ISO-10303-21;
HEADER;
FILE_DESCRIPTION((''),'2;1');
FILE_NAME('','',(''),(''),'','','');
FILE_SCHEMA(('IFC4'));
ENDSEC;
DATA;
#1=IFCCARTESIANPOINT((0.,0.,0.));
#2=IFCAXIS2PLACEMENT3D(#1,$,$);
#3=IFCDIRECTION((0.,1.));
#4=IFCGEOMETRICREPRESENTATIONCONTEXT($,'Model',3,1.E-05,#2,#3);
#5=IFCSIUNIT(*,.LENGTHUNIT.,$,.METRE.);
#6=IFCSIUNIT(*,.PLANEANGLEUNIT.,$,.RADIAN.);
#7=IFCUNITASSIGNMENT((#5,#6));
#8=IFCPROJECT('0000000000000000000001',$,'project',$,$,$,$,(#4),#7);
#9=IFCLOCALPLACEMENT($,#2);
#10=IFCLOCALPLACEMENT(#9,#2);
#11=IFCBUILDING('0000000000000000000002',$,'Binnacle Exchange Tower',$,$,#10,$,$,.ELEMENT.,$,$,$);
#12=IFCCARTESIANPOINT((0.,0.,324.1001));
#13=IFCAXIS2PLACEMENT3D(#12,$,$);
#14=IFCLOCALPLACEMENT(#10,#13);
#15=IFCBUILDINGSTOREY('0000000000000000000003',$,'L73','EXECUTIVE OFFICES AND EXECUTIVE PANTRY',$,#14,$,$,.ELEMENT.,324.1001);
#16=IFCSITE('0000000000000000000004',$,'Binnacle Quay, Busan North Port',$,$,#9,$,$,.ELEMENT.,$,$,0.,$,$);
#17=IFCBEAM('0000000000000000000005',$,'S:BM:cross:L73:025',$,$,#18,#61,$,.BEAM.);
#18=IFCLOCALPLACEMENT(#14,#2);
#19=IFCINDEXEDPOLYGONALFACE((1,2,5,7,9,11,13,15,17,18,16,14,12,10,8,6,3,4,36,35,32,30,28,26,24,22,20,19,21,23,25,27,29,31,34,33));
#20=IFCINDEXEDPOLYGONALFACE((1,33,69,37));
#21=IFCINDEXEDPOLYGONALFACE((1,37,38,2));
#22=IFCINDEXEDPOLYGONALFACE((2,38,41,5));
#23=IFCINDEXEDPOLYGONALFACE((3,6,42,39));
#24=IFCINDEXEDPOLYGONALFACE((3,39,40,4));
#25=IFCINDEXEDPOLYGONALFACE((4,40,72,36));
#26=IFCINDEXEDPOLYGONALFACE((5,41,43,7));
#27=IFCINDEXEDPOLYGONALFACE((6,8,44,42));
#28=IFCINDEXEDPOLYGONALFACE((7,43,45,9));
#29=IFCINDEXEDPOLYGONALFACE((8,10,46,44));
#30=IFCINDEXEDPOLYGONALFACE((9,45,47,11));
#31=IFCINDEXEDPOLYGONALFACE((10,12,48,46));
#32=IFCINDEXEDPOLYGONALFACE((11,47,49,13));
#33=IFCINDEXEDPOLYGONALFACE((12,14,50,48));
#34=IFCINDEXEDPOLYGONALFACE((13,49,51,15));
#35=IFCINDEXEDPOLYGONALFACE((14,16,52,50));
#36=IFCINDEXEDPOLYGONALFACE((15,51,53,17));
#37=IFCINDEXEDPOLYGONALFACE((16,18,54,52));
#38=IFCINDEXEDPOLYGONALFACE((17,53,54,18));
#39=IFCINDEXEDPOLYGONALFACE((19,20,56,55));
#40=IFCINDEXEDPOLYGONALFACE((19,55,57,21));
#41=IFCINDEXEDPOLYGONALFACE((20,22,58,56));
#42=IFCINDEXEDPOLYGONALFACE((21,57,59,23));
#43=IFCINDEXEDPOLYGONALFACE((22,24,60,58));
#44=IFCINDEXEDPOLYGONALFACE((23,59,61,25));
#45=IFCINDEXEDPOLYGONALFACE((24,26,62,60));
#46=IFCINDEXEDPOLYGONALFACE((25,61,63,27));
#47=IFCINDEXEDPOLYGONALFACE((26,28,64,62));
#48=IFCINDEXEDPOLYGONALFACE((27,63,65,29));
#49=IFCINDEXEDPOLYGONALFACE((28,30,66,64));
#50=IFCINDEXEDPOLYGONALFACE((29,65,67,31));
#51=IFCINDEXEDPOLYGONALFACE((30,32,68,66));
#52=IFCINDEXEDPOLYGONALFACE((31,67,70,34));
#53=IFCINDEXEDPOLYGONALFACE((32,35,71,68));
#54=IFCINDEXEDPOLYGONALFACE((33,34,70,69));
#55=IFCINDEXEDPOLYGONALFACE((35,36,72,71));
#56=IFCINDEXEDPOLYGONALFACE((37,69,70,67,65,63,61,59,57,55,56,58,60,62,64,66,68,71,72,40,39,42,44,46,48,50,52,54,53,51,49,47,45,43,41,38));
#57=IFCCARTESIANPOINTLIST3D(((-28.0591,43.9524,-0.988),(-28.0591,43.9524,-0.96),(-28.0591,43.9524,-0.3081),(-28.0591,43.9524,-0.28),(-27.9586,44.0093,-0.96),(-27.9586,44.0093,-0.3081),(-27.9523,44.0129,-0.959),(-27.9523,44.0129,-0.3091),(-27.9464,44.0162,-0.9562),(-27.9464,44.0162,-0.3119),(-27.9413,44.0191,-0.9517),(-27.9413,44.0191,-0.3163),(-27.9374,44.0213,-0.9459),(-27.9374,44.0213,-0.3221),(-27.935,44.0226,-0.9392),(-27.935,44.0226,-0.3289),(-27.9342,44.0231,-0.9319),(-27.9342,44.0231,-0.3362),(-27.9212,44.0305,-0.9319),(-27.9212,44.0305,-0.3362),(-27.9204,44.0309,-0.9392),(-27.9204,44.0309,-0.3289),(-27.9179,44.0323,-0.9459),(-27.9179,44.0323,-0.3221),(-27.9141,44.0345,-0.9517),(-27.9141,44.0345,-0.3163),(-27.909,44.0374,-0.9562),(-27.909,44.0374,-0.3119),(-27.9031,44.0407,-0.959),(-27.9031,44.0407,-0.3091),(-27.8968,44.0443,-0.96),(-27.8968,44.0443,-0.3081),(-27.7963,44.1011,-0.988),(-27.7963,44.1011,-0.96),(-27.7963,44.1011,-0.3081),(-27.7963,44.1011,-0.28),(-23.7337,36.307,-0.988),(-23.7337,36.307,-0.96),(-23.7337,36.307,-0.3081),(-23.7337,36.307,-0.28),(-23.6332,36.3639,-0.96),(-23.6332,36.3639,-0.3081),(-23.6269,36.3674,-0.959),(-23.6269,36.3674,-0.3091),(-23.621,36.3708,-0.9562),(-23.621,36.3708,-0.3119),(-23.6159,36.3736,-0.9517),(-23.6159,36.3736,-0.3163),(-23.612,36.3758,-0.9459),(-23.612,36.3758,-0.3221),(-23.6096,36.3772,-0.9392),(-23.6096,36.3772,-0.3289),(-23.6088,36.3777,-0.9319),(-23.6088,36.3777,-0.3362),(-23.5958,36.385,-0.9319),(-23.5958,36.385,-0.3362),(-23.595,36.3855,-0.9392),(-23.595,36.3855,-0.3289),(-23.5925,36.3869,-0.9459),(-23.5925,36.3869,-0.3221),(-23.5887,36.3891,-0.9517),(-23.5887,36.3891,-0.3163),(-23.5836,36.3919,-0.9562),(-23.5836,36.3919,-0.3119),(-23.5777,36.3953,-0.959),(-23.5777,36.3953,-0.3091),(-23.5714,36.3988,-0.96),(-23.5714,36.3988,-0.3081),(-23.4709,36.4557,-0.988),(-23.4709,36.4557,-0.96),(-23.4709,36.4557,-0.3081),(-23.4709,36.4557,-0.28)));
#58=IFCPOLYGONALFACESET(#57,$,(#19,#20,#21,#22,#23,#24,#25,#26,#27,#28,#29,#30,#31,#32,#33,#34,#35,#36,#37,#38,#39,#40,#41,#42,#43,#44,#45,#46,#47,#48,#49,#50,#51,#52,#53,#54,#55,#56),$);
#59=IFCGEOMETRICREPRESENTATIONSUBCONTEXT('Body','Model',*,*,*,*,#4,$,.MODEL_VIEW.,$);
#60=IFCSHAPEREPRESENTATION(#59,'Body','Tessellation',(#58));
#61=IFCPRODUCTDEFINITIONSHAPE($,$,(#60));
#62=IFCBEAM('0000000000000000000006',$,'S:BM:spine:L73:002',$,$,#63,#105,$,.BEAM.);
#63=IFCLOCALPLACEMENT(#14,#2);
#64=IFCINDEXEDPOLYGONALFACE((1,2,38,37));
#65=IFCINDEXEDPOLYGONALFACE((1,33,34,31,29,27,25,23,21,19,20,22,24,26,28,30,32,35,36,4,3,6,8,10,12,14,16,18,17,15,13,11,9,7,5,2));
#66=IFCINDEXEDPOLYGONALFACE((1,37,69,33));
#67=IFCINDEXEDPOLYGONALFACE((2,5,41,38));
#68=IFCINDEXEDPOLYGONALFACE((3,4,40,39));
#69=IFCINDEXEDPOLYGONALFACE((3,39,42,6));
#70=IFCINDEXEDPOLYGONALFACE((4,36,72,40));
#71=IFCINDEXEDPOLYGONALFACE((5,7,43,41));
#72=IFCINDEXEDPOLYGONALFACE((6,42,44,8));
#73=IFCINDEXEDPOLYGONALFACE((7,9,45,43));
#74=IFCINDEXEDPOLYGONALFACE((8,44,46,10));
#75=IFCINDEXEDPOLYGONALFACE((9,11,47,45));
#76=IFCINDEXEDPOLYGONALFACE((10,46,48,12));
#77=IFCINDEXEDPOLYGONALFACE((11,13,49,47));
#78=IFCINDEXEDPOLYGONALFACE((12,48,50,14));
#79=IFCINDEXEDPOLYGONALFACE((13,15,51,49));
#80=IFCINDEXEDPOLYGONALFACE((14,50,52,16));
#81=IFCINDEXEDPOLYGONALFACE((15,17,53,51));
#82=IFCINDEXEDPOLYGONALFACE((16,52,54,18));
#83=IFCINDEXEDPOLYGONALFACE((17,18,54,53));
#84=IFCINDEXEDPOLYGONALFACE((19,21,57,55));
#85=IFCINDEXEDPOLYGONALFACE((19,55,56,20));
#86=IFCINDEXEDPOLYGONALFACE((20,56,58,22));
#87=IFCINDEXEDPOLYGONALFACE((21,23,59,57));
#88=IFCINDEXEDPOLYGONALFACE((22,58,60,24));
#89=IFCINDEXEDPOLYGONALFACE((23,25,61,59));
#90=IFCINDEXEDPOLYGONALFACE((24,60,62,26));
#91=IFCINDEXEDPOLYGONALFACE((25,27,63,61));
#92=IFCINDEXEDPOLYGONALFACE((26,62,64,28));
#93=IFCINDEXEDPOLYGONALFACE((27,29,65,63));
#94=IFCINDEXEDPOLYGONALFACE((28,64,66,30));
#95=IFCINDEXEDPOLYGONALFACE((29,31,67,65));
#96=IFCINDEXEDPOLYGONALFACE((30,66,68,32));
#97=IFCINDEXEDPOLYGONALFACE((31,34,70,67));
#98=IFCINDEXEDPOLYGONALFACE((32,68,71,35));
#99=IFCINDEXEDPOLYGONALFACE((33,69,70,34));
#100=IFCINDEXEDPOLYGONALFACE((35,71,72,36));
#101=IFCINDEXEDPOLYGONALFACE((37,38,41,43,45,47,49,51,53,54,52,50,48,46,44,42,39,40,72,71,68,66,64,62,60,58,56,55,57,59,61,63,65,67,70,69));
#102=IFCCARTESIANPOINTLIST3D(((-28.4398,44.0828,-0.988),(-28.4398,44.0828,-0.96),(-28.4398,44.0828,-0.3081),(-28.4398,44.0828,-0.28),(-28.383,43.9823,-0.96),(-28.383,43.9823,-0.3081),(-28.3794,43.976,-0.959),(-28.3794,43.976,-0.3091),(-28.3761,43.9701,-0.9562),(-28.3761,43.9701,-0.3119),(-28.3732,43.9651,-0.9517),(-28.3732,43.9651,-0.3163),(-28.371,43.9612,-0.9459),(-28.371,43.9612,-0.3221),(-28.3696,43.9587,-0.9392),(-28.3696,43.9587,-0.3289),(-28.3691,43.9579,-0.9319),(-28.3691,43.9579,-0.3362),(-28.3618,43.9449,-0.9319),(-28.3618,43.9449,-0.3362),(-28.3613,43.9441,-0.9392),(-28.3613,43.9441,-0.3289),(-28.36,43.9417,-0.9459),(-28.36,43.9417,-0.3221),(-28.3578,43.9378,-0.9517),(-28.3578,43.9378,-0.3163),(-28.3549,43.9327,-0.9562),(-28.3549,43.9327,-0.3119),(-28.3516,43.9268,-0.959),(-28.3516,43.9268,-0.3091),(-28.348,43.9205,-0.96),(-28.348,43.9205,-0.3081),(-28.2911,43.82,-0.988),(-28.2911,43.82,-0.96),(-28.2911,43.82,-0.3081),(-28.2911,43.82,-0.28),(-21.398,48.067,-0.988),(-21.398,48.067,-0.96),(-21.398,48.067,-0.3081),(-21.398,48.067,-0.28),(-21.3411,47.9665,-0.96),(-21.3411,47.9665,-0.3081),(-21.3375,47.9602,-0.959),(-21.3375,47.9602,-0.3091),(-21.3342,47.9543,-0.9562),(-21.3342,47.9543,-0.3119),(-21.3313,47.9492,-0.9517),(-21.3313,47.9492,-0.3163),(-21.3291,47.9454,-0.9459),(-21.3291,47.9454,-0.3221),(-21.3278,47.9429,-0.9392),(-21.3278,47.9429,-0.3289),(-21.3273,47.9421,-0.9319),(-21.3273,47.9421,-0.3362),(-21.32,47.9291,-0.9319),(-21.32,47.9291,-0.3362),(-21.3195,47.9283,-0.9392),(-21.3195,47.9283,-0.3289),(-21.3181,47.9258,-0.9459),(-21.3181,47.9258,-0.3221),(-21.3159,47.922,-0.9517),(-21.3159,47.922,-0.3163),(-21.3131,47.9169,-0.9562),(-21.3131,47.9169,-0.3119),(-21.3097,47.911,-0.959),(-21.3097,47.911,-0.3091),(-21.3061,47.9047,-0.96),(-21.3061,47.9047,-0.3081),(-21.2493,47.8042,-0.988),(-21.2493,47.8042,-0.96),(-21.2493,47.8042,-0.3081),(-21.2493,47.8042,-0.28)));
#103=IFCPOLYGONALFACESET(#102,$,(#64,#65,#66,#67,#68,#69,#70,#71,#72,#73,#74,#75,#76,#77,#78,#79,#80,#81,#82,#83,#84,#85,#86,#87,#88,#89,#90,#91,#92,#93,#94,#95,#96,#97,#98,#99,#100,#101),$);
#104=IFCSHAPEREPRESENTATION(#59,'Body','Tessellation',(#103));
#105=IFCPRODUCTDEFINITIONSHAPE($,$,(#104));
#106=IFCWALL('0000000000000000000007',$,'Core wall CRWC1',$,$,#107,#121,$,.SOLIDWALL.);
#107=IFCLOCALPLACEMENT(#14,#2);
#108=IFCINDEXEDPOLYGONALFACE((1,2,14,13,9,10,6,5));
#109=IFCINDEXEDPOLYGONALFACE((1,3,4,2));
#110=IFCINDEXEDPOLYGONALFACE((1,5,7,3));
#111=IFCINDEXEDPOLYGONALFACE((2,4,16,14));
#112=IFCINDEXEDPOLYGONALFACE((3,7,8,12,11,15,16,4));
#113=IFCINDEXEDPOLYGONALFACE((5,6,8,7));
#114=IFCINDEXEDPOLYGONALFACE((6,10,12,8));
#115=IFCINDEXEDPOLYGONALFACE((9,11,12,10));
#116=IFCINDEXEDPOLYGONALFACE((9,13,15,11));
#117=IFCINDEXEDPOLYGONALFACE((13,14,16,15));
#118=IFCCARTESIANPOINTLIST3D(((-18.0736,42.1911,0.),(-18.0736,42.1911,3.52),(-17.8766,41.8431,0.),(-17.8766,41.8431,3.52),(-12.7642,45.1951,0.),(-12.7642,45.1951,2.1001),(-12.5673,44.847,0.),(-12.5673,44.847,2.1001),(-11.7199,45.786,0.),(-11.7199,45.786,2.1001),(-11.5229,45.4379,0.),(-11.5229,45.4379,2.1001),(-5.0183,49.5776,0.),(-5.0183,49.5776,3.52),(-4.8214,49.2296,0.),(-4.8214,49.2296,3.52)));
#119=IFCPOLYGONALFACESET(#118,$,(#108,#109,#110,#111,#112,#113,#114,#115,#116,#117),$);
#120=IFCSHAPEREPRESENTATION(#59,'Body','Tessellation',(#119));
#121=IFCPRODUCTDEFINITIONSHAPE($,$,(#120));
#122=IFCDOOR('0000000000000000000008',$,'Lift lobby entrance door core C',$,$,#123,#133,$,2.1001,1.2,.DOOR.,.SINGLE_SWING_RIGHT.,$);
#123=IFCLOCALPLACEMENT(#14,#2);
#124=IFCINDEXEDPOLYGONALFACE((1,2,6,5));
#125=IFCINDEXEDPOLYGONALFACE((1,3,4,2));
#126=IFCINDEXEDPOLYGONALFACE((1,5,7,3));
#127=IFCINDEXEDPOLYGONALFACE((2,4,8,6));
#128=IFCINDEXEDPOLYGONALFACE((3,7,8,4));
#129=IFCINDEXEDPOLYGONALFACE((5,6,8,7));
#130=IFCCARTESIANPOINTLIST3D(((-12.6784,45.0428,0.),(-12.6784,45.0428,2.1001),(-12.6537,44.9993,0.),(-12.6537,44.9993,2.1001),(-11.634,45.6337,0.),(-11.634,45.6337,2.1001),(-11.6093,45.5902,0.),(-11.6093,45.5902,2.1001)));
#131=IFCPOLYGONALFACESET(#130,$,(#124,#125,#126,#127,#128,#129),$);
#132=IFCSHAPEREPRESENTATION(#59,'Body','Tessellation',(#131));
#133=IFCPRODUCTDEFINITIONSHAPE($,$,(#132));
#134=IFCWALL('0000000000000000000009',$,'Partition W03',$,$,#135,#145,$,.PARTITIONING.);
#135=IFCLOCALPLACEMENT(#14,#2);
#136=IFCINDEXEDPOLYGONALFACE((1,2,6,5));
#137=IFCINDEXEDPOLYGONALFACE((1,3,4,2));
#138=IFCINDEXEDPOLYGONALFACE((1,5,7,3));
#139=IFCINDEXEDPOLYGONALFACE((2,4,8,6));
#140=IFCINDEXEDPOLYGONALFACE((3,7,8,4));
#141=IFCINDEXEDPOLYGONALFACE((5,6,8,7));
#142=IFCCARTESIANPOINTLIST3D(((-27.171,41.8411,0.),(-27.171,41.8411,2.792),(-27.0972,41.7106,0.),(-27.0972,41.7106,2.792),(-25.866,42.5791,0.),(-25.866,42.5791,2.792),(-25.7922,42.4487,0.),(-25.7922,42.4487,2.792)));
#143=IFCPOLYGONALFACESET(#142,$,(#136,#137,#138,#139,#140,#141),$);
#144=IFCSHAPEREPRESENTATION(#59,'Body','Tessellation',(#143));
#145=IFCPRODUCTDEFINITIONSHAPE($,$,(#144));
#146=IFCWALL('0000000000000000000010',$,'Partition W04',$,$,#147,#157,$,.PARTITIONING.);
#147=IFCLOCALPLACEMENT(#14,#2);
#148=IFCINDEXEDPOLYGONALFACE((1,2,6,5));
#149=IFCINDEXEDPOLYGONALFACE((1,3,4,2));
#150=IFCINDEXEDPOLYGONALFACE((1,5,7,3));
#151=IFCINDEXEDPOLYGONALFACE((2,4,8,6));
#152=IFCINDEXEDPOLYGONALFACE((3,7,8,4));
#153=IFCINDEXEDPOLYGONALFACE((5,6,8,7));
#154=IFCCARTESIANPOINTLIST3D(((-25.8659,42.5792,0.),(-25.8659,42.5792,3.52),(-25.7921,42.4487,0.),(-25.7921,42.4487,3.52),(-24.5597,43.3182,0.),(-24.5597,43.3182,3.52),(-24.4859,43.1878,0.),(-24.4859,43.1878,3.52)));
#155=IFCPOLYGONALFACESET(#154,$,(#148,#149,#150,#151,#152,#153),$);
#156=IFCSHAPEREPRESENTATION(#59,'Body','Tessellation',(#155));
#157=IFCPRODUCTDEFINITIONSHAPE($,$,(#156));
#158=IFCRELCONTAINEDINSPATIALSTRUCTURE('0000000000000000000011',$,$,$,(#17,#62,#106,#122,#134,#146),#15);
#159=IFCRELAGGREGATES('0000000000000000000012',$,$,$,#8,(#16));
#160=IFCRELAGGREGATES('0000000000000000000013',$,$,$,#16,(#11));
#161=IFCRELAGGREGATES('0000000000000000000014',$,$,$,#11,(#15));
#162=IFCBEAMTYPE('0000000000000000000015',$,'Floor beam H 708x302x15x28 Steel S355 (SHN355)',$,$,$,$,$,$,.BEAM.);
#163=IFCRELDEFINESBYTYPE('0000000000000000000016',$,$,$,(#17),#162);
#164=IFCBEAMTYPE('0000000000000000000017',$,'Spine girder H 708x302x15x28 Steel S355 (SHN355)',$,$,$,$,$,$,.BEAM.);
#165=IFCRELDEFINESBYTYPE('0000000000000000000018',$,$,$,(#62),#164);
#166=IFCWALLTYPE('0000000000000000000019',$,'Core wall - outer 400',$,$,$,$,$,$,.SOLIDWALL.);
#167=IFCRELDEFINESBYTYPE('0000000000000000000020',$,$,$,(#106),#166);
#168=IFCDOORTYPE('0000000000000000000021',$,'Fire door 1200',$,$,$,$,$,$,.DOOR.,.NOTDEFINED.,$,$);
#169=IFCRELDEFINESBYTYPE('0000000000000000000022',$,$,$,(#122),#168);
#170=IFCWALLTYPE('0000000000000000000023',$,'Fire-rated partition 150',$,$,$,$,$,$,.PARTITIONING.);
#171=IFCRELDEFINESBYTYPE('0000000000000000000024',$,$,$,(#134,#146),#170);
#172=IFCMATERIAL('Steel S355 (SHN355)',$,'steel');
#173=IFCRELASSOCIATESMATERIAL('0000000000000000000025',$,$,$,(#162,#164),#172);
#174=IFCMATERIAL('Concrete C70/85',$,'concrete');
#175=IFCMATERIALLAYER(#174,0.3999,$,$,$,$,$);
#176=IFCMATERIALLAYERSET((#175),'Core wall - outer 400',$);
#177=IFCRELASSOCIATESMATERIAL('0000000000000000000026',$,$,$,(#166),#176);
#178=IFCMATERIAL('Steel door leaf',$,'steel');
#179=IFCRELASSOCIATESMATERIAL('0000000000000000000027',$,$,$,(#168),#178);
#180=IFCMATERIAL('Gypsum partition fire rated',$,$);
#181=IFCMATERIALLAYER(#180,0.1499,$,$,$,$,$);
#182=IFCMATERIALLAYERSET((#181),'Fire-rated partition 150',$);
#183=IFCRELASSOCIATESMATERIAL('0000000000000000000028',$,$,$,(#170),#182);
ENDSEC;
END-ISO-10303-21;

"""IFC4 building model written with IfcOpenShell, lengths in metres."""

from ifc_helpers import new_model, si_unit, direction, frame, frame_2d, origin, origin_2d, place, context, subcontext, project, spatial, rectangle, i_section, extrude, material, layer, layer_set, material_profile, profile_set, type_object, element, fill, save


model = new_model("IFC4")

# Units and contexts
model_context = context("Model", 3, precision=1e-05, world=origin(), true_north=direction((0.0, 1.0)))
body_context = subcontext(model_context, "Body", "Model", "MODEL_VIEW")
ifc_project = project(units=[si_unit("LENGTHUNIT", "METRE"), si_unit("PLANEANGLEUNIT", "RADIAN")], contexts=[model_context])

# Site, building, storey
site_placement = place(None, origin())
site = spatial("IfcSite", under=ifc_project, at=site_placement, Name="Binnacle Quay, Busan North Port", CompositionType="ELEMENT", RefElevation=0.0)
building_placement = place(site_placement, origin())
building = spatial("IfcBuilding", under=site, at=building_placement, Name="Binnacle Exchange Tower", CompositionType="ELEMENT")
storey_placement = place(building_placement, frame((0.0, 0.0, 324.1001)))
storey = spatial("IfcBuildingStorey", under=building, at=storey_placement, Name="L73", Description="EXECUTIVE OFFICES AND EXECUTIVE PANTRY", CompositionType="ELEMENT", Elevation=324.1001)

# Beams
ifc_material_1 = material(Name="Steel S355 (SHN355)", Category="steel")
ifc_material_profile_1 = material_profile(ifc_material_1, i_section(OverallWidth=0.302, OverallDepth=0.708, WebThickness=0.0149, FlangeThickness=0.0281, FilletRadius=0.0281, at=origin_2d()), Name="H 708x302x15x28")
ifc_profile_set_1 = profile_set([ifc_material_profile_1], Name="Steel S355 (SHN355)")
beam_type_1 = type_object("IfcBeamType", Name="Floor beam H 708x302x15x28 Steel S355 (SHN355)", PredefinedType="BEAM", material=ifc_profile_set_1)
beam_1_placement = place(storey_placement, frame((-23.6023, 36.3813, -0.634), z_axis=(-0.492408, 0.870365, 0.0), x_axis=(-0.870365, -0.492408, 0.0)))
element("IfcBeam", 1, at=beam_1_placement, inside=storey, type_object=beam_type_1, Name="S:BM:cross:L73:025", PredefinedType="BEAM", context=body_context, shape_type="SweptSolid", body=[
    extrude(i_section(OverallWidth=0.302, OverallDepth=0.708, WebThickness=0.0149, FlangeThickness=0.0281, FilletRadius=0.0281, at=origin_2d()), origin(), (0.0, 0.0, 1.0), 8.7842),
])
ifc_material_profile_2 = material_profile(ifc_material_1, i_section(OverallWidth=0.302, OverallDepth=0.708, WebThickness=0.0149, FlangeThickness=0.0281, FilletRadius=0.0281, at=origin_2d()), Name="H 708x302x15x28")
ifc_profile_set_2 = profile_set([ifc_material_profile_2], Name="Steel S355 (SHN355)")
beam_type_2 = type_object("IfcBeamType", Name="Spine girder H 708x302x15x28 Steel S355 (SHN355)", PredefinedType="BEAM", material=ifc_profile_set_2)
beam_2_placement = place(storey_placement, frame((-28.3655, 43.9514, -0.634), z_axis=(0.87035, 0.492433, 0.0), x_axis=(-0.492433, 0.87035, 0.0)))
element("IfcBeam", 2, at=beam_2_placement, inside=storey, type_object=beam_type_2, Name="S:BM:spine:L73:002", PredefinedType="BEAM", context=body_context, shape_type="SweptSolid", body=[
    extrude(i_section(OverallWidth=0.302, OverallDepth=0.708, WebThickness=0.0149, FlangeThickness=0.0281, FilletRadius=0.0281, at=origin_2d()), origin(), (0.0, 0.0, 1.0), 8.0908),
])

# Wall, opening, door
ifc_material_2 = material(Name="Concrete C70/85", Category="concrete")
ifc_layer_1 = layer(ifc_material_2, 0.3999)
ifc_layer_set_1 = layer_set([ifc_layer_1], Name="Core wall - outer 400")
wall_type_1 = type_object("IfcWallType", Name="Core wall - outer 400", PredefinedType="SOLIDWALL", material=ifc_layer_set_1)
wall_1_placement = place(storey_placement, frame((-17.9751, 42.0171, 0.0), z_axis=(0.0, 0.0, 1.0), x_axis=(0.87035, 0.492434, 0.0)))
wall_1 = element("IfcWall", 3, at=wall_1_placement, inside=storey, type_object=wall_type_1, Name="Core wall CRWC1", PredefinedType="SOLIDWALL", context=body_context, shape_type="SweptSolid", body=[
    extrude(rectangle(XDim=15.0, YDim=0.3999, at=frame_2d((7.5, 0.0))), origin(), (0.0, 0.0, 1.0), 3.52),
])
opening_1_placement = place(wall_1_placement, frame((6.1001, 0.0, 0.0)))
opening_1 = element("IfcOpeningElement", 4, at=opening_1_placement, cuts=wall_1, PredefinedType="OPENING", context=body_context, shape_type="SweptSolid", body=[
    extrude(rectangle(XDim=1.2, YDim=2.1001, at=frame_2d((0.6001, 1.05))), frame((0.0, 0.21, 0.0), z_axis=(0.0, -1.0, 0.0), x_axis=(1.0, 0.0, 0.0)), (0.0, 0.0, 1.0), 0.4199),
])
ifc_material_3 = material(Name="Steel door leaf", Category="steel")
door_type_1 = type_object("IfcDoorType", Name="Fire door 1200", OperationType="NOTDEFINED", PredefinedType="DOOR", material=ifc_material_3)
door_1_placement = place(opening_1_placement, frame((1.2, 0.0, 0.0), z_axis=(0.0, 0.0, 1.0), x_axis=(-1.0, 0.0, 0.0)))
door_1 = element("IfcDoor", 5, at=door_1_placement, inside=storey, type_object=door_type_1, Name="Lift lobby entrance door core C", OperationType="SINGLE_SWING_RIGHT", OverallHeight=2.1001, OverallWidth=1.2, PredefinedType="DOOR", context=body_context, shape_type="SweptSolid", body=[
    extrude(rectangle(XDim=1.2, YDim=2.1001, at=frame_2d((0.6001, 1.05))), frame((0.0, 0.0249, 0.0), z_axis=(0.0, -1.0, 0.0), x_axis=(1.0, 0.0, 0.0)), (0.0, 0.0, 1.0), 0.05),
])
fill(opening_1, door_1)

# Walls
ifc_material_4 = material(Name="Gypsum partition fire rated")
ifc_layer_2 = layer(ifc_material_4, 0.1499)
ifc_layer_set_2 = layer_set([ifc_layer_2], Name="Fire-rated partition 150")
wall_type_2 = type_object("IfcWallType", Name="Fire-rated partition 150", PredefinedType="PARTITIONING", material=ifc_layer_set_2)
wall_2_placement = place(storey_placement, frame((-27.134, 41.7759, 0.0), z_axis=(0.0, 0.0, 1.0), x_axis=(0.870429, 0.492293, 0.0)))
element("IfcWall", 6, at=wall_2_placement, inside=storey, type_object=wall_type_2, Name="Partition W03", PredefinedType="PARTITIONING", context=body_context, shape_type="SweptSolid", body=[
    extrude(rectangle(XDim=1.4993, YDim=0.1499, at=frame_2d((0.7495, 0.0))), origin(), (0.0, 0.0, 1.0), 2.792),
])
wall_3_placement = place(storey_placement, frame((-25.8291, 42.5139, 0.0), z_axis=(0.0, 0.0, 1.0), x_axis=(0.870348, 0.492438, 0.0)))
element("IfcWall", 7, at=wall_3_placement, inside=storey, type_object=wall_type_2, Name="Partition W04", PredefinedType="PARTITIONING", context=body_context, shape_type="SweptSolid", body=[
    extrude(rectangle(XDim=1.5007, YDim=0.1499, at=frame_2d((0.7505, 0.0))), origin(), (0.0, 0.0, 1.0), 3.52),
])

save(model, "model.ifc")
